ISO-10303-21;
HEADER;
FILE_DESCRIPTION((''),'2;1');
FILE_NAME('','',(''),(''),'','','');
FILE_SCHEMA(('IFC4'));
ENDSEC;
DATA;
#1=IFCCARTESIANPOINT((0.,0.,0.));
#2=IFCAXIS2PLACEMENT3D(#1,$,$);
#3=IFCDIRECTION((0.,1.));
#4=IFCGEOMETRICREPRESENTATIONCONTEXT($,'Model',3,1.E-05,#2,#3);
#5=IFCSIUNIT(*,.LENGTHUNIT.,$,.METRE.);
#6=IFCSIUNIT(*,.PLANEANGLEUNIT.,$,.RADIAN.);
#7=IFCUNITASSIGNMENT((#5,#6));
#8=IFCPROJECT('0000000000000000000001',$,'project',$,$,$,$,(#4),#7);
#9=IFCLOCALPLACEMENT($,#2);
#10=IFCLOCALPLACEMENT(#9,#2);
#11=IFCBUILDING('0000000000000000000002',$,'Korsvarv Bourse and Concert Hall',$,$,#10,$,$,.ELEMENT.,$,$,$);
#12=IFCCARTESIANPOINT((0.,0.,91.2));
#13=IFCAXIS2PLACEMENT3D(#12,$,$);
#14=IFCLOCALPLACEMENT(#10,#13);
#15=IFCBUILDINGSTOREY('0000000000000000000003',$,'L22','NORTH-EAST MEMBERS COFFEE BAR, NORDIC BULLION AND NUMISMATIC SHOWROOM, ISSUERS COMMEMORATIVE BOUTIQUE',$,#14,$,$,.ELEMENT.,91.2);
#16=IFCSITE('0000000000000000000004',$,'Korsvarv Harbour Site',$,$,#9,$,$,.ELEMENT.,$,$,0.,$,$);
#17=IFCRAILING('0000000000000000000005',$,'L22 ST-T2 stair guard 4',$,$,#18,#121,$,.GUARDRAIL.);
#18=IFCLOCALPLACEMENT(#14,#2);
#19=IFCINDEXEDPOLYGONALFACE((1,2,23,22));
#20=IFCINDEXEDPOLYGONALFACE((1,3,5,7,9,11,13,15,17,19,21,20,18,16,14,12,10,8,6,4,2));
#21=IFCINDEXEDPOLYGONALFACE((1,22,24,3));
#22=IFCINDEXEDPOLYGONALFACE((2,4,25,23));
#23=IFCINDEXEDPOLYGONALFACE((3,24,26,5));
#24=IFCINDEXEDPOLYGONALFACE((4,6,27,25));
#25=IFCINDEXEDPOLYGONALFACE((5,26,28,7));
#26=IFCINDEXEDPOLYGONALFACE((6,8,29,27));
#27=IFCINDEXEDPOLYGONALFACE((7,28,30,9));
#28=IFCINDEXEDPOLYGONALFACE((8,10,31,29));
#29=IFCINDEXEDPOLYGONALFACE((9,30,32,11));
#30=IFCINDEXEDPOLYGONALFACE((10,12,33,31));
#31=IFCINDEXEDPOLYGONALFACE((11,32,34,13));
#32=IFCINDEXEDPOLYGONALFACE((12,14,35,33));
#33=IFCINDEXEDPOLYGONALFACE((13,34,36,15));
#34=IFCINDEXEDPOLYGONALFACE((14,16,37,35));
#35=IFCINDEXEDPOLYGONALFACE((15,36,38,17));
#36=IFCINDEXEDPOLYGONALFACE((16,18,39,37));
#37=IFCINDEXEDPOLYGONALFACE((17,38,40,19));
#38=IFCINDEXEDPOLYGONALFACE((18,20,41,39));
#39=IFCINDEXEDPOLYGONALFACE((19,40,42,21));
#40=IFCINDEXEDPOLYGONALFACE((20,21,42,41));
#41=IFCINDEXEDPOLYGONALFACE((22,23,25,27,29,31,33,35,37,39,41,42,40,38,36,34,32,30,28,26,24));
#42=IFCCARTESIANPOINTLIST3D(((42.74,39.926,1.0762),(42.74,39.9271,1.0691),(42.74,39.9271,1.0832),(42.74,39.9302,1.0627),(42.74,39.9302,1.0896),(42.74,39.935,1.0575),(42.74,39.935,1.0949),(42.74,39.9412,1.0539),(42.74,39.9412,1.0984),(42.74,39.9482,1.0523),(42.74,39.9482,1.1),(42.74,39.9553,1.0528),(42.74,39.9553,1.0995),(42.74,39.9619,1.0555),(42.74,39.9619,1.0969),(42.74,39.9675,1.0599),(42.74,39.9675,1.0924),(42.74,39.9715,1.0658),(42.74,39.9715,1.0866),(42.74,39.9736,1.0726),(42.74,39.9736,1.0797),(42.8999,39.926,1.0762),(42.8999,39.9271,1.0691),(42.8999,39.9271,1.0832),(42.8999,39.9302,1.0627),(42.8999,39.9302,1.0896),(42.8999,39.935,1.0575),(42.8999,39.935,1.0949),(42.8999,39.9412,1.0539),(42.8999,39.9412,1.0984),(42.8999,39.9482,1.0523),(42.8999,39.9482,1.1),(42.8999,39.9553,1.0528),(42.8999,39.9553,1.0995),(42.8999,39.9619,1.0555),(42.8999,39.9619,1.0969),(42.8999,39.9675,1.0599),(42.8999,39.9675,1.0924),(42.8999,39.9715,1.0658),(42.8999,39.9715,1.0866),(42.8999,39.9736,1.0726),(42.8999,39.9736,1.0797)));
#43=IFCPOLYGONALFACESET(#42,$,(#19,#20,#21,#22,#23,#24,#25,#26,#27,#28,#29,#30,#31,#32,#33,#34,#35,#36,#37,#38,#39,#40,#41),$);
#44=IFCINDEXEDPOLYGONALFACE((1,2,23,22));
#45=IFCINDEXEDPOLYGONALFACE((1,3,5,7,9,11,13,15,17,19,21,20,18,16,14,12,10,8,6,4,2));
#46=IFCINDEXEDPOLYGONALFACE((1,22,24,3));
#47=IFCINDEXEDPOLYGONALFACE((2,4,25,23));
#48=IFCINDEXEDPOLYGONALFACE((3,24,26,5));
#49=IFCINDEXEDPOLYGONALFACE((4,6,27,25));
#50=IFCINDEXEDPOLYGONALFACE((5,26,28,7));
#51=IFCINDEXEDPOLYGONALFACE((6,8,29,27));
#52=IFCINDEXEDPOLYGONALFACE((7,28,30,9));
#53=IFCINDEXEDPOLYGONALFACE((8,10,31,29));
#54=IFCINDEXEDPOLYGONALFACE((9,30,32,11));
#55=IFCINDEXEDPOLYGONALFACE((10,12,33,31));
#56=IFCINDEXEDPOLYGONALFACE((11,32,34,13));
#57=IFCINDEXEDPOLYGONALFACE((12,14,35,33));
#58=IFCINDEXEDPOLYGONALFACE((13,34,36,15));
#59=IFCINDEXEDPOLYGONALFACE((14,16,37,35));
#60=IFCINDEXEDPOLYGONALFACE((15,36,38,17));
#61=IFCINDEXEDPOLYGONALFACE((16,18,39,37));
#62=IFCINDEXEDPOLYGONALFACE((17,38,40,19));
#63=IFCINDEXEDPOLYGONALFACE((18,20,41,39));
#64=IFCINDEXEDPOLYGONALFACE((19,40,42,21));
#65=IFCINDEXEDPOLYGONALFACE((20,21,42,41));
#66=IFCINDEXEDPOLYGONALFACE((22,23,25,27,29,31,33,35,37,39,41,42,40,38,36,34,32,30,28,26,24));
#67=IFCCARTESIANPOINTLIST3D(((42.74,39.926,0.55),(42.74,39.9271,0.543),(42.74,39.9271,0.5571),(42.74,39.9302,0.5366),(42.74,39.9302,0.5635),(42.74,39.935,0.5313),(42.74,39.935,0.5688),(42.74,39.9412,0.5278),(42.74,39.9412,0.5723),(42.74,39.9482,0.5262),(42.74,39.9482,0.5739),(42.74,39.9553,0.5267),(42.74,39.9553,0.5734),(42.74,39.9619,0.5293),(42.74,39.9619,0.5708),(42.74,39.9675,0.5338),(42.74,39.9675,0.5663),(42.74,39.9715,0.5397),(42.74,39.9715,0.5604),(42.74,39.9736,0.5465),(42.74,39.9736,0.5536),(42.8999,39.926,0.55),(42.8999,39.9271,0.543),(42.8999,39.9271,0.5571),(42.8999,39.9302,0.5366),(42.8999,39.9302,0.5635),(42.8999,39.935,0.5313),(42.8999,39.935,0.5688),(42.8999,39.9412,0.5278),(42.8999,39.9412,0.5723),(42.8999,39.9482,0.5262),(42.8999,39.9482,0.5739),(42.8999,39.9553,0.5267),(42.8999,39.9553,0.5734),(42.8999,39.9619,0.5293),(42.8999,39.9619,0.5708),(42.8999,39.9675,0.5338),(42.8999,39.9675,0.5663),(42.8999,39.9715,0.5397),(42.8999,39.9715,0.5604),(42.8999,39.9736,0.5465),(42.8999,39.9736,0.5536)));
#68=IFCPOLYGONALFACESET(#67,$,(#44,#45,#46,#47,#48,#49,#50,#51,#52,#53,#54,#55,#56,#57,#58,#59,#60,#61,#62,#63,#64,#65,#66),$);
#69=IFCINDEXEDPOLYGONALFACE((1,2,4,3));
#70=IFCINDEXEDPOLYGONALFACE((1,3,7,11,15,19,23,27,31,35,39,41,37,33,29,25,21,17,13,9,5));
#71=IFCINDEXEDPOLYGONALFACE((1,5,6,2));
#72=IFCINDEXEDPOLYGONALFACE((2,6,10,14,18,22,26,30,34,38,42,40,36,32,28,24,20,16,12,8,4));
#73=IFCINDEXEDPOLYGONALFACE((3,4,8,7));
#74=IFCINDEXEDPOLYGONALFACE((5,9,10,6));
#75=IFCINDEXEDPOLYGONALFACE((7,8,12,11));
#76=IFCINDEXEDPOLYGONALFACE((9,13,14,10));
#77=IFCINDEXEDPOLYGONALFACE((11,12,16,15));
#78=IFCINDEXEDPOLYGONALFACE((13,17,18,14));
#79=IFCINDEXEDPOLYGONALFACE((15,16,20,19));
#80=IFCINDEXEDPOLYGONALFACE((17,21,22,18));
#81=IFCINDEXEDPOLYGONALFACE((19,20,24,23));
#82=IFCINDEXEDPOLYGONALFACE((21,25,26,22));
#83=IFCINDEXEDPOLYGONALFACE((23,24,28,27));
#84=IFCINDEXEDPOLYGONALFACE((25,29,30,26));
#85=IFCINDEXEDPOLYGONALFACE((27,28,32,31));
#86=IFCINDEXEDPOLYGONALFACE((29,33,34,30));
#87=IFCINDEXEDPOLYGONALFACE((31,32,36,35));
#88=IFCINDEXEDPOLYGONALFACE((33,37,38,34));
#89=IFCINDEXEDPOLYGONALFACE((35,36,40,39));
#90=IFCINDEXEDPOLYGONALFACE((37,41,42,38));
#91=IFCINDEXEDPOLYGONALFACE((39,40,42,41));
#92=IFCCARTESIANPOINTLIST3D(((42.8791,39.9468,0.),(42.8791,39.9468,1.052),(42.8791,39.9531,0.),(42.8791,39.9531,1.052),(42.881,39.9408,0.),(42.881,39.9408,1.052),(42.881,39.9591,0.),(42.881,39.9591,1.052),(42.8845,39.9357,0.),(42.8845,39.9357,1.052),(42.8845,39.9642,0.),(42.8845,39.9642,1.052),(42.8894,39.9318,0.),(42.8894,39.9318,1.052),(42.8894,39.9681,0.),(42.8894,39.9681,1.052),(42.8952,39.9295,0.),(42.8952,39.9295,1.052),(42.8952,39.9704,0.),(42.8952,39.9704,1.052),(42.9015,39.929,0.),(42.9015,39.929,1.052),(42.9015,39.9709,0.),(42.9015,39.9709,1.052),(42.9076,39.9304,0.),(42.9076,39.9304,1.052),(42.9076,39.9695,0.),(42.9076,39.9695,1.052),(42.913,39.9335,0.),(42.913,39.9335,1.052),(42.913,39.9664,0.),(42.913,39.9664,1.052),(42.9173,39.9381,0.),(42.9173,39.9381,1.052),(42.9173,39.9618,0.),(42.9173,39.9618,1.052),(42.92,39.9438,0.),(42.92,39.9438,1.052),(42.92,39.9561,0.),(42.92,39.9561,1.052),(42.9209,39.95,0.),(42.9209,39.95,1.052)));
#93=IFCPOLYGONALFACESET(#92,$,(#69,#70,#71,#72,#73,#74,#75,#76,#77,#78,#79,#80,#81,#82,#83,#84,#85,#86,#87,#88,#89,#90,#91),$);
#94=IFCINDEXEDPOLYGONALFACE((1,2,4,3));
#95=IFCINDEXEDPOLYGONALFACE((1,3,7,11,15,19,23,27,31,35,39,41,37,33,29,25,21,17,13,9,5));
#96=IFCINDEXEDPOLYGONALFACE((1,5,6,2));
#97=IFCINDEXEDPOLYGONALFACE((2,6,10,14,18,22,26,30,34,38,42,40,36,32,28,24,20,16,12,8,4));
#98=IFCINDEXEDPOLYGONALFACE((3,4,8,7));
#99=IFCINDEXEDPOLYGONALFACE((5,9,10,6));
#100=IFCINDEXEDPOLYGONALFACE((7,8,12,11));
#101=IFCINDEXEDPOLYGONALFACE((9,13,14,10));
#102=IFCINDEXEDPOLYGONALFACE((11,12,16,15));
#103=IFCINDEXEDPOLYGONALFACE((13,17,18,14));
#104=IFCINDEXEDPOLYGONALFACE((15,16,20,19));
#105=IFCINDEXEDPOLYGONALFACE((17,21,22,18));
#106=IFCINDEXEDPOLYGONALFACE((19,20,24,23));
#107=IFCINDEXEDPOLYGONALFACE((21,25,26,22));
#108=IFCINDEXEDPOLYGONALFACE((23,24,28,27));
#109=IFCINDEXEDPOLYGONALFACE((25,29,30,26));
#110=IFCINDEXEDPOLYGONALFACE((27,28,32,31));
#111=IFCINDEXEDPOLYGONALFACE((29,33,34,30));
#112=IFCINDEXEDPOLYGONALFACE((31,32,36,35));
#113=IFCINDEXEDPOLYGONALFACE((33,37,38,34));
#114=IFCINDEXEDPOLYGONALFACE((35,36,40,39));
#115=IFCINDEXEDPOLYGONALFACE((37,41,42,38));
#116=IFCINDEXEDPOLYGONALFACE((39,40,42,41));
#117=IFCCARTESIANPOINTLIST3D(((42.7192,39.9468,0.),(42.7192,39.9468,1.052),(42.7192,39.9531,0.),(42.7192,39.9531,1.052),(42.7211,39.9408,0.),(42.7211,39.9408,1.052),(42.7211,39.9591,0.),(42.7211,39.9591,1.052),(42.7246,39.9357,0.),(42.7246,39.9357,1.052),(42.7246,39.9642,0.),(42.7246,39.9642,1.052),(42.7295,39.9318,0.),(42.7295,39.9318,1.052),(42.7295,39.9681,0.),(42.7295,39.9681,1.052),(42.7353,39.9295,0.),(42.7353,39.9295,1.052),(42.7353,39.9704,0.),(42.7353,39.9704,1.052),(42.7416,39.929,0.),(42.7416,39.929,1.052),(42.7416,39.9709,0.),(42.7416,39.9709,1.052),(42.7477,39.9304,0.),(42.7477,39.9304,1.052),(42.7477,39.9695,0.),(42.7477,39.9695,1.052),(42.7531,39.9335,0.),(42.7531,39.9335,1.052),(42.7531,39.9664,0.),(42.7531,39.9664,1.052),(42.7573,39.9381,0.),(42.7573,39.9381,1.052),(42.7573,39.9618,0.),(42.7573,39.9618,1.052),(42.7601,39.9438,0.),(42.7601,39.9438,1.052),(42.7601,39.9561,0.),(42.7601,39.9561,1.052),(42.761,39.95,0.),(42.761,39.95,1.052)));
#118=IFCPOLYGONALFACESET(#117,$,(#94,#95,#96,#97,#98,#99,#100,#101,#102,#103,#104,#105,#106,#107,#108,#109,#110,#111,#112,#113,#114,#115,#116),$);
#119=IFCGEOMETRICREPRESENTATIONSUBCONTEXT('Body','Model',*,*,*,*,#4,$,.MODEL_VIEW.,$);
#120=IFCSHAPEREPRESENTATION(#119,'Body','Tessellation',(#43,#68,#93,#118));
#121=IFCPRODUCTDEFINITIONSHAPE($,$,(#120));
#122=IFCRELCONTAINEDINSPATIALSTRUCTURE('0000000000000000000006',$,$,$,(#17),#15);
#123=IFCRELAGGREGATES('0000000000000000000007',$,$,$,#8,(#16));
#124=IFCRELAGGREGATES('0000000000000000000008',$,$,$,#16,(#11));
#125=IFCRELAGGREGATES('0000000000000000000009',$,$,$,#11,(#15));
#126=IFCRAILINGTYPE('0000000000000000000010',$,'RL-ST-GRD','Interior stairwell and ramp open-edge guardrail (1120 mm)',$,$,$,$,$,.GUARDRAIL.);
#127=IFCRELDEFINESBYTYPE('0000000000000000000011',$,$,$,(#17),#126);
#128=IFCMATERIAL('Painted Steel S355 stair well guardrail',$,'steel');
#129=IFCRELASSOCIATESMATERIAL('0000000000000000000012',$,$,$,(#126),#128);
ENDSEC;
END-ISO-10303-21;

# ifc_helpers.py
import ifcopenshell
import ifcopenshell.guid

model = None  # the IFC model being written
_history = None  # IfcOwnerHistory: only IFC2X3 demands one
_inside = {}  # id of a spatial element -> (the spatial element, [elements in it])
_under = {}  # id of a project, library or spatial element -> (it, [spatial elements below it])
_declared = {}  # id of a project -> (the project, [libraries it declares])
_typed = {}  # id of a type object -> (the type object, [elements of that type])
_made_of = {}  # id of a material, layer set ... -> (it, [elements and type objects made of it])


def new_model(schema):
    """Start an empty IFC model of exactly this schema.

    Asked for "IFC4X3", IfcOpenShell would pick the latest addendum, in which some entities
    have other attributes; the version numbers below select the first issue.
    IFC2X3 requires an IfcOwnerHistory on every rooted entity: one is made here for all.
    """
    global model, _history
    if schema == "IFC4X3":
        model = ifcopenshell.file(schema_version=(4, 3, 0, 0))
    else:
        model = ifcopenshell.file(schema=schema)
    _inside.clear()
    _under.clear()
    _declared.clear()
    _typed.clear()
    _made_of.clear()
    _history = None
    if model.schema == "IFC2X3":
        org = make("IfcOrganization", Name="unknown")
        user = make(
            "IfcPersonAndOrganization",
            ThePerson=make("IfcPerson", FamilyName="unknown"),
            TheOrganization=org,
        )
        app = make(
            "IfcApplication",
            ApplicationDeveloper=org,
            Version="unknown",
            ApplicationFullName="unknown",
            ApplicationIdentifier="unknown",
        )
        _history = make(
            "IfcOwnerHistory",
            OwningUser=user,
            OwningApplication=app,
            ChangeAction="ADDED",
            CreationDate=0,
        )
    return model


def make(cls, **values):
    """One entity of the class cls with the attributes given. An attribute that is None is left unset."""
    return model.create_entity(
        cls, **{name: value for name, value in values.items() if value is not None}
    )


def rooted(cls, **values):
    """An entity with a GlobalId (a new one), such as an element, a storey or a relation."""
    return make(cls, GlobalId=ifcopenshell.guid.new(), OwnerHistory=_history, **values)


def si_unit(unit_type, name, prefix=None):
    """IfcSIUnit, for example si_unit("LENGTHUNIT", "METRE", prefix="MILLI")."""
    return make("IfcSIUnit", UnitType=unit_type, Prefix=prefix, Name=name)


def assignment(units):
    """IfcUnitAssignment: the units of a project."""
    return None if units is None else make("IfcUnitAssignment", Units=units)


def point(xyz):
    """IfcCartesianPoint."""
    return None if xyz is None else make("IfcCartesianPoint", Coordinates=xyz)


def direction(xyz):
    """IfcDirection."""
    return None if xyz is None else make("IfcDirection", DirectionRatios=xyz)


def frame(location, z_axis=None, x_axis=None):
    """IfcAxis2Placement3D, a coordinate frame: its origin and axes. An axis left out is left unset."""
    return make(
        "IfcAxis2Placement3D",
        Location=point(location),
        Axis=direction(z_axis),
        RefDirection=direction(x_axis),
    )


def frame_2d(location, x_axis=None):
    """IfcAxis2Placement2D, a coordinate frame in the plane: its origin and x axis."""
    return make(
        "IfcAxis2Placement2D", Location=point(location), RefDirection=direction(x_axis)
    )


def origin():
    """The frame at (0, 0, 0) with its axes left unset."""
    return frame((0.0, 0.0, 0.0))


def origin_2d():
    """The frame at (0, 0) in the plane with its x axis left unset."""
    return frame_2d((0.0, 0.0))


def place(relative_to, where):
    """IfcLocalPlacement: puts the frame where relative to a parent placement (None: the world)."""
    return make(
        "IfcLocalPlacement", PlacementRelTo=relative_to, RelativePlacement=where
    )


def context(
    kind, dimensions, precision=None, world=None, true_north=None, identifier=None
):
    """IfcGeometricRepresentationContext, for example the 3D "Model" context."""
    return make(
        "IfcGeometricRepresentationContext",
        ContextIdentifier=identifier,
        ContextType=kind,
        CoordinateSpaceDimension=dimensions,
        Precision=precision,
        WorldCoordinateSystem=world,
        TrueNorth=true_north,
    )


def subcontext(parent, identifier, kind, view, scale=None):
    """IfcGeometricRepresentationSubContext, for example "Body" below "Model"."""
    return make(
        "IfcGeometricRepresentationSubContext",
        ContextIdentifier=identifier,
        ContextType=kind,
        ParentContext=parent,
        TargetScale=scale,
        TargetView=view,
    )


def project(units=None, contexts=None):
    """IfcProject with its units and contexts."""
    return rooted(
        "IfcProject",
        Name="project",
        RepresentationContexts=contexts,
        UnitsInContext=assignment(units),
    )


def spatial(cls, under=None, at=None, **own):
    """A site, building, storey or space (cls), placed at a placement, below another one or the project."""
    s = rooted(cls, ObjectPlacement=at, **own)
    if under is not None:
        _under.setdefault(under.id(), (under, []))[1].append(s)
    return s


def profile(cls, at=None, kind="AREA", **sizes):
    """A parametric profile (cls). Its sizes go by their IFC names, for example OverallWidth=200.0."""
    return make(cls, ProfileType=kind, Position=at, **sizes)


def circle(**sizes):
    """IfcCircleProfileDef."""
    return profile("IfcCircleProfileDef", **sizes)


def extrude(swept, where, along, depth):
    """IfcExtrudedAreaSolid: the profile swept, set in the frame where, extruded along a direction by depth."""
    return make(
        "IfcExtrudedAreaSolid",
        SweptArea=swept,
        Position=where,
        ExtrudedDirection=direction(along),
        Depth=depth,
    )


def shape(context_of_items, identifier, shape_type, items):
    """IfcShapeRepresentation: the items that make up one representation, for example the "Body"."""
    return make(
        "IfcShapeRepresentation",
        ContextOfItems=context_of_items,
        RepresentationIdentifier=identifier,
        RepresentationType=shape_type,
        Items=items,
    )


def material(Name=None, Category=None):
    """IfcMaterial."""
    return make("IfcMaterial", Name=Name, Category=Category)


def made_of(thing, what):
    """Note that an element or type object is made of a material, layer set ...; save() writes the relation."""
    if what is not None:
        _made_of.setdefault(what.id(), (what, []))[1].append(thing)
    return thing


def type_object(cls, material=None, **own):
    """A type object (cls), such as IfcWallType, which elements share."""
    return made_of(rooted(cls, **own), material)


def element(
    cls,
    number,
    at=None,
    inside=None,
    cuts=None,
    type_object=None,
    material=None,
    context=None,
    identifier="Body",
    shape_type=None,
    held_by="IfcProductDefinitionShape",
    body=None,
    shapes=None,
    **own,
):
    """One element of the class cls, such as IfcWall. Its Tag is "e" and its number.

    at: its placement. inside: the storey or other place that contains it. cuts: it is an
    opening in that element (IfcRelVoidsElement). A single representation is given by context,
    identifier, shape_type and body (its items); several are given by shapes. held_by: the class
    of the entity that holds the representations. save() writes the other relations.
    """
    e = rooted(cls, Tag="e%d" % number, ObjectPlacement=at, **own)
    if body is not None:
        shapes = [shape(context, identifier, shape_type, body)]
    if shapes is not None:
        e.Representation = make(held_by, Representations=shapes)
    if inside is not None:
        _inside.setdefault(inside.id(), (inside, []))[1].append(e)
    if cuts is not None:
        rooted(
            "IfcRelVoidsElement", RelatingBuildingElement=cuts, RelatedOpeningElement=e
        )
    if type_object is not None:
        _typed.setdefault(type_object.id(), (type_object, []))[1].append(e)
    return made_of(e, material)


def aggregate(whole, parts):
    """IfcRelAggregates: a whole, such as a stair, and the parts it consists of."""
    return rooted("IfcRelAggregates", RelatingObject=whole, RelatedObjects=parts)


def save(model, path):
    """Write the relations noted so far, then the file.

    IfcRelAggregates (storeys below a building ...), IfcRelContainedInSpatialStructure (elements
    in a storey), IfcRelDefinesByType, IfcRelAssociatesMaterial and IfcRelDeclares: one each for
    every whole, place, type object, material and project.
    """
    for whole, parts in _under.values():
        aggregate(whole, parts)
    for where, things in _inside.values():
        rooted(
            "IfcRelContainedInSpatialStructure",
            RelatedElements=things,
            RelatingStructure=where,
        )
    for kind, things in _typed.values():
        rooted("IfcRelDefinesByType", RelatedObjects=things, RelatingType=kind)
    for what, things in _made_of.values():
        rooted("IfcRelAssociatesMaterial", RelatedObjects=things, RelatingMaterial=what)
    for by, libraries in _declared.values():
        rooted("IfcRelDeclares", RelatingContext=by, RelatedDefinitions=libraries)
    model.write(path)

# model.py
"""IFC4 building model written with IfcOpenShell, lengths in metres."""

from ifc_helpers import new_model, si_unit, direction, frame, origin, origin_2d, place, context, subcontext, project, spatial, circle, extrude, material, type_object, element, save


model = new_model("IFC4")

# Units and contexts
model_context = context("Model", 3, precision=1e-05, world=origin(), true_north=direction((0.0, 1.0)))
body_context = subcontext(model_context, "Body", "Model", "MODEL_VIEW")
ifc_project = project(units=[si_unit("LENGTHUNIT", "METRE"), si_unit("PLANEANGLEUNIT", "RADIAN")], contexts=[model_context])

# Site, building, storey
site_placement = place(None, origin())
site = spatial("IfcSite", under=ifc_project, at=site_placement, Name="Korsvarv Harbour Site", CompositionType="ELEMENT", RefElevation=0.0)
building_placement = place(site_placement, origin())
building = spatial("IfcBuilding", under=site, at=building_placement, Name="Korsvarv Bourse and Concert Hall", CompositionType="ELEMENT")
storey_placement = place(building_placement, frame((0.0, 0.0, 91.2)))
storey = spatial("IfcBuildingStorey", under=building, at=storey_placement, Name="L22", Description="NORTH-EAST MEMBERS COFFEE BAR, NORDIC BULLION AND NUMISMATIC SHOWROOM, ISSUERS COMMEMORATIVE BOUTIQUE", CompositionType="ELEMENT", Elevation=91.2)

# Railing
ifc_material_1 = material(Name="Painted Steel S355 stair well guardrail", Category="steel")
railing_type_1 = type_object("IfcRailingType", Name="RL-ST-GRD", Description="Interior stairwell and ramp open-edge guardrail (1120 mm)", PredefinedType="GUARDRAIL", material=ifc_material_1)
railing_1_placement = place(storey_placement, frame((42.8999, 39.95, 0.0)))
element("IfcRailing", 1, at=railing_1_placement, inside=storey, type_object=railing_type_1, Name="L22 ST-T2 stair guard 4", PredefinedType="GUARDRAIL", context=body_context, shape_type="SweptSolid", body=[
    extrude(circle(Radius=0.0239, at=origin_2d()), frame((0.0, 0.0, 1.0762), z_axis=(-1.0, 0.0, 0.0), x_axis=(0.0, -1.0, 0.0)), (0.0, 0.0, 1.0), 0.1599),
    extrude(circle(Radius=0.0239, at=origin_2d()), frame((0.0, 0.0, 0.55), z_axis=(-1.0, 0.0, 0.0), x_axis=(0.0, -1.0, 0.0)), (0.0, 0.0, 1.0), 0.1599),
    extrude(circle(Radius=0.021, at=origin_2d()), origin(), (0.0, 0.0, 1.0), 1.052),
    extrude(circle(Radius=0.021, at=origin_2d()), frame((-0.1599, 0.0, 0.0)), (0.0, 0.0, 1.0), 1.052),
])

save(model, "model.ifc")
